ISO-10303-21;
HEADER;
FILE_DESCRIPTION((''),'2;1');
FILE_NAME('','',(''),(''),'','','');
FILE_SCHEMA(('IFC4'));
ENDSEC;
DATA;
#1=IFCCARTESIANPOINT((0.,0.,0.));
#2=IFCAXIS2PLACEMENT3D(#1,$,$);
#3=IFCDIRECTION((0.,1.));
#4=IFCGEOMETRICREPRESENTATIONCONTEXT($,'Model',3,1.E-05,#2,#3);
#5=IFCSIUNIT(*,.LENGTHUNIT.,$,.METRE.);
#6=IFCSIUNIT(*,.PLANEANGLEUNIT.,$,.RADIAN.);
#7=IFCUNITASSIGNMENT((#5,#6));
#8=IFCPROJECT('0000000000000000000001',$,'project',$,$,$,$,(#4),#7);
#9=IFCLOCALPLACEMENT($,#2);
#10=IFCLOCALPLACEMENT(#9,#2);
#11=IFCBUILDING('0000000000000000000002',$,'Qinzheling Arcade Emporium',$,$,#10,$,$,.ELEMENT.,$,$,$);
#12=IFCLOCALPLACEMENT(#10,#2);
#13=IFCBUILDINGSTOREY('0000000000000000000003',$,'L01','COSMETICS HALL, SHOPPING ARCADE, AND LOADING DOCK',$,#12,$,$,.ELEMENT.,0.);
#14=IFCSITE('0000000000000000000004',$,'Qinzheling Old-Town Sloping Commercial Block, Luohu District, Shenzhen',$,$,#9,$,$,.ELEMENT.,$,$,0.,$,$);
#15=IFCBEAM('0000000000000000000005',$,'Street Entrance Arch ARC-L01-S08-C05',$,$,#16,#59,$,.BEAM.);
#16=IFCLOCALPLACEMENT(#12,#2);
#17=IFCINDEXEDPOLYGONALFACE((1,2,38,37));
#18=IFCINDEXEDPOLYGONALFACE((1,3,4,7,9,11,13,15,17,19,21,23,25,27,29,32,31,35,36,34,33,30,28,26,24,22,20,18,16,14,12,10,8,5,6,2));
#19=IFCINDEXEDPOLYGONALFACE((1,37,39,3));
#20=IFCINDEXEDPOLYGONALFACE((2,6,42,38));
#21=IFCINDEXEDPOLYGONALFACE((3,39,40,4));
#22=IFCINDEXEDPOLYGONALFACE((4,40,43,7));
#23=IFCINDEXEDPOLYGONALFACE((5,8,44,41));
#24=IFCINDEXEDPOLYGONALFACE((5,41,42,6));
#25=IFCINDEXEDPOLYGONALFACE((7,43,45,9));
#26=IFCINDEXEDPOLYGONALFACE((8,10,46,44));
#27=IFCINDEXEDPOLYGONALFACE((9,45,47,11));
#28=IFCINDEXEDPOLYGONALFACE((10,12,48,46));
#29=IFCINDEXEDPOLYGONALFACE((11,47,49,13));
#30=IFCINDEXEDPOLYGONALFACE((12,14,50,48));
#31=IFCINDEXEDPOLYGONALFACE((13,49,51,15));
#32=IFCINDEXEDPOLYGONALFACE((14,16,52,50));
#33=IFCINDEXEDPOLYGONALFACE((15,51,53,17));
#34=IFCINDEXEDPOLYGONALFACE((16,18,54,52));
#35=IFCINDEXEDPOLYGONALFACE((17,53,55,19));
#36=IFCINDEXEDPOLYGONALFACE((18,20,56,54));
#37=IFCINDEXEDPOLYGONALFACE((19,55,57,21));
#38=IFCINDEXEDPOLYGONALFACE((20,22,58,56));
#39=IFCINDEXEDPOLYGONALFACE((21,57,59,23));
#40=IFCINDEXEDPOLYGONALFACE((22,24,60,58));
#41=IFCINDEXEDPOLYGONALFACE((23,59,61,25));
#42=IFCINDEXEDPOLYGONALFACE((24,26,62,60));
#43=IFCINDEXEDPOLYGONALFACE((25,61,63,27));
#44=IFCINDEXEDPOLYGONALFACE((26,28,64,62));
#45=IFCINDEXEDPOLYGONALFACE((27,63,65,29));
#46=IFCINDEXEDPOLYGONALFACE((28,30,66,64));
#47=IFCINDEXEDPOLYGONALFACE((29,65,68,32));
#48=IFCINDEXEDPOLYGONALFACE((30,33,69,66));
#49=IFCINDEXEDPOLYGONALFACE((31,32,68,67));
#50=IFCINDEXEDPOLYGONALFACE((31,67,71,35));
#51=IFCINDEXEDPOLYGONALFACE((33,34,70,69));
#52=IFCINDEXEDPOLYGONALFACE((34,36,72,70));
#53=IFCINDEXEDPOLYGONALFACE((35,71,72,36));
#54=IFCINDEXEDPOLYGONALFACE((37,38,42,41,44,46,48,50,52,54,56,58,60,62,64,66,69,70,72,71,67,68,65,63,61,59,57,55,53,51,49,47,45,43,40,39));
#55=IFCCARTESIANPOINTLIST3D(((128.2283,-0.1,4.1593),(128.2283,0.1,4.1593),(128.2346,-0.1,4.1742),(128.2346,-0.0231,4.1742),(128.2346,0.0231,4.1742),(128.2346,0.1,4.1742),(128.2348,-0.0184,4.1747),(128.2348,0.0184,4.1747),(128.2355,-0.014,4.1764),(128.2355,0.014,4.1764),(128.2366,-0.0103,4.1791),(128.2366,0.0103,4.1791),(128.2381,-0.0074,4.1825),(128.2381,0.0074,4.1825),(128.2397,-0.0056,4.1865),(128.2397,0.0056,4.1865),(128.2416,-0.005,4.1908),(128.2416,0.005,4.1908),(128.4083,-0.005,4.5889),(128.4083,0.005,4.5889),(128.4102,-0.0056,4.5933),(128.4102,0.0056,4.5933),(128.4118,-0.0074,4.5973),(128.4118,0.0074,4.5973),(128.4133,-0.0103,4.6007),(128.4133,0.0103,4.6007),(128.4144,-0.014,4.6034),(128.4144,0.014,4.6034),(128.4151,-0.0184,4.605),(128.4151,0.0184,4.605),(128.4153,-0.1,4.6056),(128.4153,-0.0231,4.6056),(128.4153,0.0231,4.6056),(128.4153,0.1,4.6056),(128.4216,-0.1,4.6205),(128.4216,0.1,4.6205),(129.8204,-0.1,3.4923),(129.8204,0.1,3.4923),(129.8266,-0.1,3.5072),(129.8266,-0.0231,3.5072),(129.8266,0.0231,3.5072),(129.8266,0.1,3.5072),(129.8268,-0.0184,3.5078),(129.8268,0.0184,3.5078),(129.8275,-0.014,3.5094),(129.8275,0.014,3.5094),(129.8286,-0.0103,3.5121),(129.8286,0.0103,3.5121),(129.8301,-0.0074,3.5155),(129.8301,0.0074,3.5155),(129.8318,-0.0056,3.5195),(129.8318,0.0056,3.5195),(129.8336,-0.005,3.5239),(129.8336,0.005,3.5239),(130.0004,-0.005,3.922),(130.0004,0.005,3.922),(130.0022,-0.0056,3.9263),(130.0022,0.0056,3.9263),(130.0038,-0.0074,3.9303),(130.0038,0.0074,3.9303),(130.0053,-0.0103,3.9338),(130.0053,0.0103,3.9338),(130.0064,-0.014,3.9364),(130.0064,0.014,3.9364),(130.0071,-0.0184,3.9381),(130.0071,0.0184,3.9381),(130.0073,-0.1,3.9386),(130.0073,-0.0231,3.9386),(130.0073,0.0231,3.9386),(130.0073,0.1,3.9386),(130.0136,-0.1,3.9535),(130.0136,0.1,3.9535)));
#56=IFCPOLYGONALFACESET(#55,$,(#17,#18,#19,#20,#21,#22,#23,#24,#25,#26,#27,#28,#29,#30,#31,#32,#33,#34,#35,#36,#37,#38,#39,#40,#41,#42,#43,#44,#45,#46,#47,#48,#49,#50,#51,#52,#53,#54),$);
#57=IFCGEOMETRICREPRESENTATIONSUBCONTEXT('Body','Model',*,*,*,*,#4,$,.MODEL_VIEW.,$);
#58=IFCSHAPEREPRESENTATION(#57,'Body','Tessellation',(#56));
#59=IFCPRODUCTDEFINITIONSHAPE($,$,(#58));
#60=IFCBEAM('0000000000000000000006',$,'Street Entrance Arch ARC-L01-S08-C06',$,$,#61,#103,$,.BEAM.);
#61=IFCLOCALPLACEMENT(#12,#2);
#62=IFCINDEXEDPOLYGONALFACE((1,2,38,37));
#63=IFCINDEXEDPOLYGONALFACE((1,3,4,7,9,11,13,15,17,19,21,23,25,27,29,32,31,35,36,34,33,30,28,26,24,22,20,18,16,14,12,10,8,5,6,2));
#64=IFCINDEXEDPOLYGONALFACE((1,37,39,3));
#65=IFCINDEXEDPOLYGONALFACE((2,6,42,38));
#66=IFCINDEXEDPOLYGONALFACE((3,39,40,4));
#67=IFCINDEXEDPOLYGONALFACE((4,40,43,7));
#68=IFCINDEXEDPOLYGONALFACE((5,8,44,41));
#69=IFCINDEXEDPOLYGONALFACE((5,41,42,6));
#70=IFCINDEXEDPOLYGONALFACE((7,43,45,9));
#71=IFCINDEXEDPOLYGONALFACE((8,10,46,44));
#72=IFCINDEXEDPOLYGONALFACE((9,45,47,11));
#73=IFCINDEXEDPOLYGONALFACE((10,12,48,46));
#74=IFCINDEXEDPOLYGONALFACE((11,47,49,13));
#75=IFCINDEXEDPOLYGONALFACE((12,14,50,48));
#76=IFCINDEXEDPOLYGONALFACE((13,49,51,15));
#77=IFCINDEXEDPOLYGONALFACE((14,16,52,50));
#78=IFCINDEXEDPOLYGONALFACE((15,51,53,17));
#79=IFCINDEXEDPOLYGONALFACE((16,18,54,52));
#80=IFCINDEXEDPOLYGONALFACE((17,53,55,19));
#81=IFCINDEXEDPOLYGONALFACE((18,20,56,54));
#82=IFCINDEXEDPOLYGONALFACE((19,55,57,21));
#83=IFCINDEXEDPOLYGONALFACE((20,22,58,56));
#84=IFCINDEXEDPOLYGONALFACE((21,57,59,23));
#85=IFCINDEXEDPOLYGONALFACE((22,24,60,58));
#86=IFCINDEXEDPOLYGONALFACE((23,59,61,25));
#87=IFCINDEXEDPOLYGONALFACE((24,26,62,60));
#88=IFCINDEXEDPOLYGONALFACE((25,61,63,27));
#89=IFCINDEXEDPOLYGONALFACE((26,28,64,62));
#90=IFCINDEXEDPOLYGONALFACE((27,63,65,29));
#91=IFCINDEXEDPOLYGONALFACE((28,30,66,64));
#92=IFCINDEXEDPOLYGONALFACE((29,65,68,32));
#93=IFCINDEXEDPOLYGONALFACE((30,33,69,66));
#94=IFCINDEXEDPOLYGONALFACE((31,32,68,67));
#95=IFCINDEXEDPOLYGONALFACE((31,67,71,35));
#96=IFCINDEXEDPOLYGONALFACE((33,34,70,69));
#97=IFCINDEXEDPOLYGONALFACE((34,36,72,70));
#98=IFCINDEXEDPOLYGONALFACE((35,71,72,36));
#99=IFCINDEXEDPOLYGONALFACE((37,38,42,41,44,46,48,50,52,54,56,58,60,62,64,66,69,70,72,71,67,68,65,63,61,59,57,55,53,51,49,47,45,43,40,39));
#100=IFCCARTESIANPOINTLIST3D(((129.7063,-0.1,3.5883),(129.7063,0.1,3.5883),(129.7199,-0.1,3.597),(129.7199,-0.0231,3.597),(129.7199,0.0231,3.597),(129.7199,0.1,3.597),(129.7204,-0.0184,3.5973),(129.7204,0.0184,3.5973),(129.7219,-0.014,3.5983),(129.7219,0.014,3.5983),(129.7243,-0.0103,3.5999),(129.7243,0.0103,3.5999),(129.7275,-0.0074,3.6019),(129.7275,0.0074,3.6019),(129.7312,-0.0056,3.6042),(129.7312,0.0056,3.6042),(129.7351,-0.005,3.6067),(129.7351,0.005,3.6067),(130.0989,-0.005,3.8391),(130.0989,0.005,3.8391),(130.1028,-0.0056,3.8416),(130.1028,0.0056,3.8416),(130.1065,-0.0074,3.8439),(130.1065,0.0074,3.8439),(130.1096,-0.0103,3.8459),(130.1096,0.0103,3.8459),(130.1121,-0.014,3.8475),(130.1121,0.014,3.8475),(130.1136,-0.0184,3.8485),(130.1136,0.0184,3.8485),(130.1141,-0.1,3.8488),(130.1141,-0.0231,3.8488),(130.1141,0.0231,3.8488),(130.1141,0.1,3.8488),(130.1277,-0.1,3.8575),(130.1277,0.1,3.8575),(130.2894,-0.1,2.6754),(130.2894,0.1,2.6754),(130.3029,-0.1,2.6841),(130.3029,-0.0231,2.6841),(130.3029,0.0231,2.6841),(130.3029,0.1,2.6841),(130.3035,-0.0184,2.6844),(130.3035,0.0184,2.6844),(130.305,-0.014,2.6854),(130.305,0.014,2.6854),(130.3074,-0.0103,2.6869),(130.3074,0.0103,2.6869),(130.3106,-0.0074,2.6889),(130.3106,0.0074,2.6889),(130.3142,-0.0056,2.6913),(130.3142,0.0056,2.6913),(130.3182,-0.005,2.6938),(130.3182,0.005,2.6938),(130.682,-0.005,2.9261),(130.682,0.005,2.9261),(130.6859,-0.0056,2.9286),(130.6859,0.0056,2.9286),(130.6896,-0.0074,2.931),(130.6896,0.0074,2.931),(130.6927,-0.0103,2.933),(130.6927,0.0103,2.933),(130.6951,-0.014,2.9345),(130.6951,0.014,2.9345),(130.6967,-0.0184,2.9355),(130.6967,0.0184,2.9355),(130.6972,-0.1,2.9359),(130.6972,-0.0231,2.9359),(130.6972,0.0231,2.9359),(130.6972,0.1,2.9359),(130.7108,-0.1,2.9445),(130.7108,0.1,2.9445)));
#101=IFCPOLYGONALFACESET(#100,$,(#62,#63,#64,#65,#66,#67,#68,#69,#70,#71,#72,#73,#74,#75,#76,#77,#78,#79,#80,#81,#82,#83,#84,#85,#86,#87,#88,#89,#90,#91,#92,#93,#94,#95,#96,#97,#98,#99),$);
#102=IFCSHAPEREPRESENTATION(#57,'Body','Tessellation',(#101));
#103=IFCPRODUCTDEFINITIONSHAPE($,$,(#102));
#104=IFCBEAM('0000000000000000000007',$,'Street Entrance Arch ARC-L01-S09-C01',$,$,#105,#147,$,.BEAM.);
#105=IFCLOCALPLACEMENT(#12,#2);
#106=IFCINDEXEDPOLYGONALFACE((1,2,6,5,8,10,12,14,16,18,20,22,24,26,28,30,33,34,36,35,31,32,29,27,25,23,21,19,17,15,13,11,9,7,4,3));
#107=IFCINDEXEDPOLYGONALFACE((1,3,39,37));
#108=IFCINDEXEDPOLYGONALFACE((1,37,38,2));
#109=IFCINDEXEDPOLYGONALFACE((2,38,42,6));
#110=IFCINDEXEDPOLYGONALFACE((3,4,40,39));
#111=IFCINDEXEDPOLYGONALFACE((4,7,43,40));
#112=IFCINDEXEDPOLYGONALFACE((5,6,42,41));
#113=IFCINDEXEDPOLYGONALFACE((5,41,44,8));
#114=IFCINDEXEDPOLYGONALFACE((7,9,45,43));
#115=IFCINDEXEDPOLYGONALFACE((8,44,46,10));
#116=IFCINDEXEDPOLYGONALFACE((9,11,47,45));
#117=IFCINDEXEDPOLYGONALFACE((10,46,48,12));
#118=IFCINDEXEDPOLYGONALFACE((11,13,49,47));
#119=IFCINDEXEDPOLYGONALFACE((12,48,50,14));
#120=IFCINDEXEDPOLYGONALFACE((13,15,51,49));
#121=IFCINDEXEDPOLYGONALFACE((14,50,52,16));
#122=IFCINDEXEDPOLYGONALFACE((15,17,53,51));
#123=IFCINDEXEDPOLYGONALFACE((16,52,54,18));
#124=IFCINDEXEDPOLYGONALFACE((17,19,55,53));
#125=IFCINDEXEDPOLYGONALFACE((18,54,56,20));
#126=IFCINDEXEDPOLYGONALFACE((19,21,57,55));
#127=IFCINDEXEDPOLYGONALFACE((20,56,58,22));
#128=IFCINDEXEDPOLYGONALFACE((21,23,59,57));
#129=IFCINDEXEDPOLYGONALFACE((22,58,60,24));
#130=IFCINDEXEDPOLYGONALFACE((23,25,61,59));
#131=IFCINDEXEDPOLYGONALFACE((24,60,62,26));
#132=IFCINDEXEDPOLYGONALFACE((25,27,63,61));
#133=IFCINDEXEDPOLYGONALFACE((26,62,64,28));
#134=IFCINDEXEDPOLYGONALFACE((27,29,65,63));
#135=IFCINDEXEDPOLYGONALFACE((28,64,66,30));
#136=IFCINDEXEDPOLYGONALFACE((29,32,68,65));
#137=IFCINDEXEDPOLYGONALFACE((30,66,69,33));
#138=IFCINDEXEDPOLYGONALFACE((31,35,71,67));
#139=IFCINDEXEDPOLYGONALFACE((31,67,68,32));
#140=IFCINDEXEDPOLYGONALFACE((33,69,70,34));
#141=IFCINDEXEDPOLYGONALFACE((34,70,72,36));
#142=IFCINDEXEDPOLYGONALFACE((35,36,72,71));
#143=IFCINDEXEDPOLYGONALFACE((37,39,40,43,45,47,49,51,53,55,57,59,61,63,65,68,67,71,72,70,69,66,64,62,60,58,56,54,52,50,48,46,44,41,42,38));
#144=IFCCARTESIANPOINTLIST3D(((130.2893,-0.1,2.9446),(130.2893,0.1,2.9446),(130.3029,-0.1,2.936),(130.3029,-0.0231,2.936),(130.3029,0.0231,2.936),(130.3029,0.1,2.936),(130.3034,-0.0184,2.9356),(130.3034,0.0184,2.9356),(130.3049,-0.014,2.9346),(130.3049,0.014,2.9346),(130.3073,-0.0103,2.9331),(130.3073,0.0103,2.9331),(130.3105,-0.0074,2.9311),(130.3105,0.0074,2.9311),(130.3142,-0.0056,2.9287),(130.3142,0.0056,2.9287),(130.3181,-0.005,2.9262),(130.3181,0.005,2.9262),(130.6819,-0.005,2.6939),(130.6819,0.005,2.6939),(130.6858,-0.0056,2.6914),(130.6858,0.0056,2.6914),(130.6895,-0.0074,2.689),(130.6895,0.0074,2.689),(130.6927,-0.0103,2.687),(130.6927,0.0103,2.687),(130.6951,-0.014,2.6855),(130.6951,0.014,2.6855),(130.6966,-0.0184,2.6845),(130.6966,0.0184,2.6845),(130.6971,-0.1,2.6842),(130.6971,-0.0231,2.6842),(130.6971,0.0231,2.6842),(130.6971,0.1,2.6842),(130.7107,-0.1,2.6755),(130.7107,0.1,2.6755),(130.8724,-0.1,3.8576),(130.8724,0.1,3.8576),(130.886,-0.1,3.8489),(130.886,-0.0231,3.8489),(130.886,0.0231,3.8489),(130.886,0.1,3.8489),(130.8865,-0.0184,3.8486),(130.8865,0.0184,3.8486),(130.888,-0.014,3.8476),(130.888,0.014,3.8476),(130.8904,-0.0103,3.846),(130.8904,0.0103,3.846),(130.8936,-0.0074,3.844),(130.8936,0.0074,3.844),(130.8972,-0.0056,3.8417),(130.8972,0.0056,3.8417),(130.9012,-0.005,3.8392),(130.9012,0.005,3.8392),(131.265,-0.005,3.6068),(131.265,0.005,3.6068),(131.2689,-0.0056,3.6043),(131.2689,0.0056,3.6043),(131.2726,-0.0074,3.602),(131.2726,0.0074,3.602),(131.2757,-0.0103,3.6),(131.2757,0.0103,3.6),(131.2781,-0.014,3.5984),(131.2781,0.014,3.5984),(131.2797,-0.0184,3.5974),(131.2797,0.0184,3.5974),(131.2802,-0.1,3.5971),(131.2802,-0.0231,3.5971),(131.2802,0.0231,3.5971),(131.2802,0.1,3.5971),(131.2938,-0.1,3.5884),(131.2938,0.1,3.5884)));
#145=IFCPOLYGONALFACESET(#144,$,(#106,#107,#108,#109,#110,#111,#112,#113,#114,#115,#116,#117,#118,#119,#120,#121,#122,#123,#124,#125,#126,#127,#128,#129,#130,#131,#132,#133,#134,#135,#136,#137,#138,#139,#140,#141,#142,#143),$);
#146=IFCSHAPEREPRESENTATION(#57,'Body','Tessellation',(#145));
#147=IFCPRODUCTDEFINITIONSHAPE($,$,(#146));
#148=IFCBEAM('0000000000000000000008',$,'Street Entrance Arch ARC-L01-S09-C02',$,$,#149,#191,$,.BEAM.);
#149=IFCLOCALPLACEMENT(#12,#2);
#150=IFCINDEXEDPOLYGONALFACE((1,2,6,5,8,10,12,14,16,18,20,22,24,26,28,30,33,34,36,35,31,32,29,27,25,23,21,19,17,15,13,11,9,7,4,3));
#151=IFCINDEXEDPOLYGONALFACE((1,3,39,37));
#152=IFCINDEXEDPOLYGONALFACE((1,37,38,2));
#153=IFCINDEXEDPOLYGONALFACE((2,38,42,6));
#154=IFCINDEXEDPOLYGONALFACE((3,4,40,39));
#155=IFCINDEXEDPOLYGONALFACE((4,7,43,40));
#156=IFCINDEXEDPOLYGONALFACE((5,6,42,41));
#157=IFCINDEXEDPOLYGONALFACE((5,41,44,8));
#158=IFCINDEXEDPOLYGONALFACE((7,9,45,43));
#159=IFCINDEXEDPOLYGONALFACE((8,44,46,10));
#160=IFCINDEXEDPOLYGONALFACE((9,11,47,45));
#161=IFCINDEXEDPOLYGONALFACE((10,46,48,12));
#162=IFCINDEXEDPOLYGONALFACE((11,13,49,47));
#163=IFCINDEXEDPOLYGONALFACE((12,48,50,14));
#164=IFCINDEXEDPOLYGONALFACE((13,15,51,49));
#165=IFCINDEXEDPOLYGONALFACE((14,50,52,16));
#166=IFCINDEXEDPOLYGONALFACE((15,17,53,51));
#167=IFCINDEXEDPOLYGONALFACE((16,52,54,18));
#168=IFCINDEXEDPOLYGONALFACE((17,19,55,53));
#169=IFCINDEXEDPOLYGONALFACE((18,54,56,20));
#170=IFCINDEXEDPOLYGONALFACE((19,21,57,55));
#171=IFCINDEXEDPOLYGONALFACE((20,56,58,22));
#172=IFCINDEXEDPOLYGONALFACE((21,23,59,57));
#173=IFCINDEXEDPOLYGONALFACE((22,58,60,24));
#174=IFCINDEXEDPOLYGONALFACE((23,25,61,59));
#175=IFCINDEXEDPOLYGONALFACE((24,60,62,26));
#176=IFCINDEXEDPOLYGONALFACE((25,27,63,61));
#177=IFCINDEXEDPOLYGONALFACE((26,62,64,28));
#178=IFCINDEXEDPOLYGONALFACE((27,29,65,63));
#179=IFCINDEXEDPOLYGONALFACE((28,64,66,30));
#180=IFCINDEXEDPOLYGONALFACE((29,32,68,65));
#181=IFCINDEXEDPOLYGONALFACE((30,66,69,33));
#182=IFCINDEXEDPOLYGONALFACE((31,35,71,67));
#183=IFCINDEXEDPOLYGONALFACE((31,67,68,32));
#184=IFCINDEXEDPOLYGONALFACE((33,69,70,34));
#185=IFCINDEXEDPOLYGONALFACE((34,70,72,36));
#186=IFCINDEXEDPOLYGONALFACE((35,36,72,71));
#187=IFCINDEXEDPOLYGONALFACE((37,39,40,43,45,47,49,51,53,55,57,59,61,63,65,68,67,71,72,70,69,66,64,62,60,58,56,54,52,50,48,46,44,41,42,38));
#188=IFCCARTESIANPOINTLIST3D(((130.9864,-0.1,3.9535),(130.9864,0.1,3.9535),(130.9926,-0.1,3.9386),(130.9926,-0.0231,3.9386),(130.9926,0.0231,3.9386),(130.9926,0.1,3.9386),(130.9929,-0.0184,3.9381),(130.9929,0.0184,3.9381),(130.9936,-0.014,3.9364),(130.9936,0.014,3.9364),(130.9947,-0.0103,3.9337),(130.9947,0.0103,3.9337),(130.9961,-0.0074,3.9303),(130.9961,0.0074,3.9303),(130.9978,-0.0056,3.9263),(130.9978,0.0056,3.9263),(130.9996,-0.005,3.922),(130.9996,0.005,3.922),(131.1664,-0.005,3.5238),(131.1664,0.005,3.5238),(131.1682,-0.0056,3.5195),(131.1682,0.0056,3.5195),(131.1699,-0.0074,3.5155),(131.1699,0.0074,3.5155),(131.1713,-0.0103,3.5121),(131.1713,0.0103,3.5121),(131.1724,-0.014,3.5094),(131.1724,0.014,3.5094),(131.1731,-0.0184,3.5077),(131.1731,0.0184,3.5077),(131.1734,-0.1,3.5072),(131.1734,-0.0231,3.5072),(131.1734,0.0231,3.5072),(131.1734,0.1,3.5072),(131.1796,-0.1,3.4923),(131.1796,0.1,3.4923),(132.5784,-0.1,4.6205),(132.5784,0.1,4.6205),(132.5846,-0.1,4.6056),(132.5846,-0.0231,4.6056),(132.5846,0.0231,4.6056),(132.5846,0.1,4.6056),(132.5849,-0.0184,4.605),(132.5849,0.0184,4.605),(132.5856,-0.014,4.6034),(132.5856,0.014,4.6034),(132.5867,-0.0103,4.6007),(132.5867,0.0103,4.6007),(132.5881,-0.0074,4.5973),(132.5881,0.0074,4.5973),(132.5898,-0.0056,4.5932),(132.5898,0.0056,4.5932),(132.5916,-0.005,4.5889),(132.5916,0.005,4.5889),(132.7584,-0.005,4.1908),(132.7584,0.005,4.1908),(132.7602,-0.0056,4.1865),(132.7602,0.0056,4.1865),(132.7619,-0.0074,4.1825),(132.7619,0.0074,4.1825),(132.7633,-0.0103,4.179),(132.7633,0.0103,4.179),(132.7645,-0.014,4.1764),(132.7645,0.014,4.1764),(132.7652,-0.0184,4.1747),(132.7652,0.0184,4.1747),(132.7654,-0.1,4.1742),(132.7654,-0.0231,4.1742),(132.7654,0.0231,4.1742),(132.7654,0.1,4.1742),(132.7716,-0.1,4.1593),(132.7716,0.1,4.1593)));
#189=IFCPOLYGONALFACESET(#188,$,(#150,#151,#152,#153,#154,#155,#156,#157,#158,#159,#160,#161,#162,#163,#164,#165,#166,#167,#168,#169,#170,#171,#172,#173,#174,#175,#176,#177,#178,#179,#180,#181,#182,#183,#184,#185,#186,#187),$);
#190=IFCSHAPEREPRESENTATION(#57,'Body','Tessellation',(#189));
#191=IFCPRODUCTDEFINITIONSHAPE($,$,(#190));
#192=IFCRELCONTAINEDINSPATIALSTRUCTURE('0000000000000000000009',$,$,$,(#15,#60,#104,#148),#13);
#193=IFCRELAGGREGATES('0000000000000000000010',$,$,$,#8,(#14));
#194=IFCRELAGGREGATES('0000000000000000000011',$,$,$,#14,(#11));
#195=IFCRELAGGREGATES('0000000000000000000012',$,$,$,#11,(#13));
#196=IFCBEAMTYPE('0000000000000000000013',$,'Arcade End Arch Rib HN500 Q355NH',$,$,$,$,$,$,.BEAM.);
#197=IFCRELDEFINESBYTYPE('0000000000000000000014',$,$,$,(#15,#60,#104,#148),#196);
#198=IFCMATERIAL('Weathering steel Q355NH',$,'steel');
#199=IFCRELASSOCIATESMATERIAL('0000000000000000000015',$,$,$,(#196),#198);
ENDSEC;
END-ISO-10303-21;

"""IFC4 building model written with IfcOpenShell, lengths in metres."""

from ifc_helpers import new_model, si_unit, direction, frame, origin, origin_2d, place, context, subcontext, project, spatial, i_section, extrude, material, material_profile, profile_set, type_object, element, save


model = new_model("IFC4")

# Units and contexts
model_context = context("Model", 3, precision=1e-05, world=origin(), true_north=direction((0.0, 1.0)))
body_context = subcontext(model_context, "Body", "Model", "MODEL_VIEW")
ifc_project = project(units=[si_unit("LENGTHUNIT", "METRE"), si_unit("PLANEANGLEUNIT", "RADIAN")], contexts=[model_context])

# Site, building, storey
site_placement = place(None, origin())
site = spatial("IfcSite", under=ifc_project, at=site_placement, Name="Qinzheling Old-Town Sloping Commercial Block, Luohu District, Shenzhen", CompositionType="ELEMENT", RefElevation=0.0)
building_placement = place(site_placement, origin())
building = spatial("IfcBuilding", under=site, at=building_placement, Name="Qinzheling Arcade Emporium", CompositionType="ELEMENT")
storey_placement = place(building_placement, origin())
storey = spatial("IfcBuildingStorey", under=building, at=storey_placement, Name="L01", Description="COSMETICS HALL, SHOPPING ARCADE, AND LOADING DOCK", CompositionType="ELEMENT", Elevation=0.0)

# Beams
ifc_material_1 = material(Name="Weathering steel Q355NH", Category="steel")
ifc_material_profile_1 = material_profile(ifc_material_1, i_section(OverallWidth=0.2, OverallDepth=0.5, WebThickness=0.01, FlangeThickness=0.0161, FilletRadius=0.0181, at=origin_2d()), Name="HN 500x200x10x16", Category="steel")
ifc_profile_set_1 = profile_set([ifc_material_profile_1], Name="Weathering steel Q355NH")
beam_type_1 = type_object("IfcBeamType", Name="Arcade End Arch Rib HN500 Q355NH", PredefinedType="BEAM", material=ifc_profile_set_1)
beam_1_placement = place(storey_placement, frame((128.325, 0.0, 4.3899), z_axis=(0.922326, 0.0, -0.386412), x_axis=(0.0, 1.0, 0.0)))
element("IfcBeam", 1, at=beam_1_placement, inside=storey, type_object=beam_type_1, Name="Street Entrance Arch ARC-L01-S08-C05", PredefinedType="BEAM", context=body_context, shape_type="SweptSolid", body=[
    extrude(i_section(OverallWidth=0.2, OverallDepth=0.5, WebThickness=0.01, FlangeThickness=0.0161, FilletRadius=0.0181, at=origin_2d()), origin(), (0.0, 0.0, 1.0), 1.7261),
])
for number, where, z_axis, x_axis, name in (
    (2, (129.917, 0.0, 3.7229), (0.53826, 0.0, -0.842779), (0.0, 1.0, 0.0), "Street Entrance Arch ARC-L01-S08-C06"),
    (3, (130.5, 0.0, 2.8101), (0.53826, 0.0, 0.842779), (0.0, 1.0, 0.0), "Street Entrance Arch ARC-L01-S09-C01"),
):
    element("IfcBeam", number, at=place(storey_placement, frame(where, z_axis=z_axis, x_axis=x_axis)), inside=storey, type_object=beam_type_1, Name=name, PredefinedType="BEAM", context=body_context, shape_type="SweptSolid", body=[
        extrude(i_section(OverallWidth=0.2, OverallDepth=0.5, WebThickness=0.01, FlangeThickness=0.0161, FilletRadius=0.0181, at=origin_2d()), origin(), (0.0, 0.0, 1.0), 1.0833),
    ])
beam_2_placement = place(storey_placement, frame((131.083, 0.0, 3.7229), z_axis=(0.922326, 0.0, 0.386412), x_axis=(0.0, 1.0, 0.0)))
element("IfcBeam", 4, at=beam_2_placement, inside=storey, type_object=beam_type_1, Name="Street Entrance Arch ARC-L01-S09-C02", PredefinedType="BEAM", context=body_context, shape_type="SweptSolid", body=[
    extrude(i_section(OverallWidth=0.2, OverallDepth=0.5, WebThickness=0.01, FlangeThickness=0.0161, FilletRadius=0.0181, at=origin_2d()), origin(), (0.0, 0.0, 1.0), 1.7261),
])

save(model, "model.ifc")
